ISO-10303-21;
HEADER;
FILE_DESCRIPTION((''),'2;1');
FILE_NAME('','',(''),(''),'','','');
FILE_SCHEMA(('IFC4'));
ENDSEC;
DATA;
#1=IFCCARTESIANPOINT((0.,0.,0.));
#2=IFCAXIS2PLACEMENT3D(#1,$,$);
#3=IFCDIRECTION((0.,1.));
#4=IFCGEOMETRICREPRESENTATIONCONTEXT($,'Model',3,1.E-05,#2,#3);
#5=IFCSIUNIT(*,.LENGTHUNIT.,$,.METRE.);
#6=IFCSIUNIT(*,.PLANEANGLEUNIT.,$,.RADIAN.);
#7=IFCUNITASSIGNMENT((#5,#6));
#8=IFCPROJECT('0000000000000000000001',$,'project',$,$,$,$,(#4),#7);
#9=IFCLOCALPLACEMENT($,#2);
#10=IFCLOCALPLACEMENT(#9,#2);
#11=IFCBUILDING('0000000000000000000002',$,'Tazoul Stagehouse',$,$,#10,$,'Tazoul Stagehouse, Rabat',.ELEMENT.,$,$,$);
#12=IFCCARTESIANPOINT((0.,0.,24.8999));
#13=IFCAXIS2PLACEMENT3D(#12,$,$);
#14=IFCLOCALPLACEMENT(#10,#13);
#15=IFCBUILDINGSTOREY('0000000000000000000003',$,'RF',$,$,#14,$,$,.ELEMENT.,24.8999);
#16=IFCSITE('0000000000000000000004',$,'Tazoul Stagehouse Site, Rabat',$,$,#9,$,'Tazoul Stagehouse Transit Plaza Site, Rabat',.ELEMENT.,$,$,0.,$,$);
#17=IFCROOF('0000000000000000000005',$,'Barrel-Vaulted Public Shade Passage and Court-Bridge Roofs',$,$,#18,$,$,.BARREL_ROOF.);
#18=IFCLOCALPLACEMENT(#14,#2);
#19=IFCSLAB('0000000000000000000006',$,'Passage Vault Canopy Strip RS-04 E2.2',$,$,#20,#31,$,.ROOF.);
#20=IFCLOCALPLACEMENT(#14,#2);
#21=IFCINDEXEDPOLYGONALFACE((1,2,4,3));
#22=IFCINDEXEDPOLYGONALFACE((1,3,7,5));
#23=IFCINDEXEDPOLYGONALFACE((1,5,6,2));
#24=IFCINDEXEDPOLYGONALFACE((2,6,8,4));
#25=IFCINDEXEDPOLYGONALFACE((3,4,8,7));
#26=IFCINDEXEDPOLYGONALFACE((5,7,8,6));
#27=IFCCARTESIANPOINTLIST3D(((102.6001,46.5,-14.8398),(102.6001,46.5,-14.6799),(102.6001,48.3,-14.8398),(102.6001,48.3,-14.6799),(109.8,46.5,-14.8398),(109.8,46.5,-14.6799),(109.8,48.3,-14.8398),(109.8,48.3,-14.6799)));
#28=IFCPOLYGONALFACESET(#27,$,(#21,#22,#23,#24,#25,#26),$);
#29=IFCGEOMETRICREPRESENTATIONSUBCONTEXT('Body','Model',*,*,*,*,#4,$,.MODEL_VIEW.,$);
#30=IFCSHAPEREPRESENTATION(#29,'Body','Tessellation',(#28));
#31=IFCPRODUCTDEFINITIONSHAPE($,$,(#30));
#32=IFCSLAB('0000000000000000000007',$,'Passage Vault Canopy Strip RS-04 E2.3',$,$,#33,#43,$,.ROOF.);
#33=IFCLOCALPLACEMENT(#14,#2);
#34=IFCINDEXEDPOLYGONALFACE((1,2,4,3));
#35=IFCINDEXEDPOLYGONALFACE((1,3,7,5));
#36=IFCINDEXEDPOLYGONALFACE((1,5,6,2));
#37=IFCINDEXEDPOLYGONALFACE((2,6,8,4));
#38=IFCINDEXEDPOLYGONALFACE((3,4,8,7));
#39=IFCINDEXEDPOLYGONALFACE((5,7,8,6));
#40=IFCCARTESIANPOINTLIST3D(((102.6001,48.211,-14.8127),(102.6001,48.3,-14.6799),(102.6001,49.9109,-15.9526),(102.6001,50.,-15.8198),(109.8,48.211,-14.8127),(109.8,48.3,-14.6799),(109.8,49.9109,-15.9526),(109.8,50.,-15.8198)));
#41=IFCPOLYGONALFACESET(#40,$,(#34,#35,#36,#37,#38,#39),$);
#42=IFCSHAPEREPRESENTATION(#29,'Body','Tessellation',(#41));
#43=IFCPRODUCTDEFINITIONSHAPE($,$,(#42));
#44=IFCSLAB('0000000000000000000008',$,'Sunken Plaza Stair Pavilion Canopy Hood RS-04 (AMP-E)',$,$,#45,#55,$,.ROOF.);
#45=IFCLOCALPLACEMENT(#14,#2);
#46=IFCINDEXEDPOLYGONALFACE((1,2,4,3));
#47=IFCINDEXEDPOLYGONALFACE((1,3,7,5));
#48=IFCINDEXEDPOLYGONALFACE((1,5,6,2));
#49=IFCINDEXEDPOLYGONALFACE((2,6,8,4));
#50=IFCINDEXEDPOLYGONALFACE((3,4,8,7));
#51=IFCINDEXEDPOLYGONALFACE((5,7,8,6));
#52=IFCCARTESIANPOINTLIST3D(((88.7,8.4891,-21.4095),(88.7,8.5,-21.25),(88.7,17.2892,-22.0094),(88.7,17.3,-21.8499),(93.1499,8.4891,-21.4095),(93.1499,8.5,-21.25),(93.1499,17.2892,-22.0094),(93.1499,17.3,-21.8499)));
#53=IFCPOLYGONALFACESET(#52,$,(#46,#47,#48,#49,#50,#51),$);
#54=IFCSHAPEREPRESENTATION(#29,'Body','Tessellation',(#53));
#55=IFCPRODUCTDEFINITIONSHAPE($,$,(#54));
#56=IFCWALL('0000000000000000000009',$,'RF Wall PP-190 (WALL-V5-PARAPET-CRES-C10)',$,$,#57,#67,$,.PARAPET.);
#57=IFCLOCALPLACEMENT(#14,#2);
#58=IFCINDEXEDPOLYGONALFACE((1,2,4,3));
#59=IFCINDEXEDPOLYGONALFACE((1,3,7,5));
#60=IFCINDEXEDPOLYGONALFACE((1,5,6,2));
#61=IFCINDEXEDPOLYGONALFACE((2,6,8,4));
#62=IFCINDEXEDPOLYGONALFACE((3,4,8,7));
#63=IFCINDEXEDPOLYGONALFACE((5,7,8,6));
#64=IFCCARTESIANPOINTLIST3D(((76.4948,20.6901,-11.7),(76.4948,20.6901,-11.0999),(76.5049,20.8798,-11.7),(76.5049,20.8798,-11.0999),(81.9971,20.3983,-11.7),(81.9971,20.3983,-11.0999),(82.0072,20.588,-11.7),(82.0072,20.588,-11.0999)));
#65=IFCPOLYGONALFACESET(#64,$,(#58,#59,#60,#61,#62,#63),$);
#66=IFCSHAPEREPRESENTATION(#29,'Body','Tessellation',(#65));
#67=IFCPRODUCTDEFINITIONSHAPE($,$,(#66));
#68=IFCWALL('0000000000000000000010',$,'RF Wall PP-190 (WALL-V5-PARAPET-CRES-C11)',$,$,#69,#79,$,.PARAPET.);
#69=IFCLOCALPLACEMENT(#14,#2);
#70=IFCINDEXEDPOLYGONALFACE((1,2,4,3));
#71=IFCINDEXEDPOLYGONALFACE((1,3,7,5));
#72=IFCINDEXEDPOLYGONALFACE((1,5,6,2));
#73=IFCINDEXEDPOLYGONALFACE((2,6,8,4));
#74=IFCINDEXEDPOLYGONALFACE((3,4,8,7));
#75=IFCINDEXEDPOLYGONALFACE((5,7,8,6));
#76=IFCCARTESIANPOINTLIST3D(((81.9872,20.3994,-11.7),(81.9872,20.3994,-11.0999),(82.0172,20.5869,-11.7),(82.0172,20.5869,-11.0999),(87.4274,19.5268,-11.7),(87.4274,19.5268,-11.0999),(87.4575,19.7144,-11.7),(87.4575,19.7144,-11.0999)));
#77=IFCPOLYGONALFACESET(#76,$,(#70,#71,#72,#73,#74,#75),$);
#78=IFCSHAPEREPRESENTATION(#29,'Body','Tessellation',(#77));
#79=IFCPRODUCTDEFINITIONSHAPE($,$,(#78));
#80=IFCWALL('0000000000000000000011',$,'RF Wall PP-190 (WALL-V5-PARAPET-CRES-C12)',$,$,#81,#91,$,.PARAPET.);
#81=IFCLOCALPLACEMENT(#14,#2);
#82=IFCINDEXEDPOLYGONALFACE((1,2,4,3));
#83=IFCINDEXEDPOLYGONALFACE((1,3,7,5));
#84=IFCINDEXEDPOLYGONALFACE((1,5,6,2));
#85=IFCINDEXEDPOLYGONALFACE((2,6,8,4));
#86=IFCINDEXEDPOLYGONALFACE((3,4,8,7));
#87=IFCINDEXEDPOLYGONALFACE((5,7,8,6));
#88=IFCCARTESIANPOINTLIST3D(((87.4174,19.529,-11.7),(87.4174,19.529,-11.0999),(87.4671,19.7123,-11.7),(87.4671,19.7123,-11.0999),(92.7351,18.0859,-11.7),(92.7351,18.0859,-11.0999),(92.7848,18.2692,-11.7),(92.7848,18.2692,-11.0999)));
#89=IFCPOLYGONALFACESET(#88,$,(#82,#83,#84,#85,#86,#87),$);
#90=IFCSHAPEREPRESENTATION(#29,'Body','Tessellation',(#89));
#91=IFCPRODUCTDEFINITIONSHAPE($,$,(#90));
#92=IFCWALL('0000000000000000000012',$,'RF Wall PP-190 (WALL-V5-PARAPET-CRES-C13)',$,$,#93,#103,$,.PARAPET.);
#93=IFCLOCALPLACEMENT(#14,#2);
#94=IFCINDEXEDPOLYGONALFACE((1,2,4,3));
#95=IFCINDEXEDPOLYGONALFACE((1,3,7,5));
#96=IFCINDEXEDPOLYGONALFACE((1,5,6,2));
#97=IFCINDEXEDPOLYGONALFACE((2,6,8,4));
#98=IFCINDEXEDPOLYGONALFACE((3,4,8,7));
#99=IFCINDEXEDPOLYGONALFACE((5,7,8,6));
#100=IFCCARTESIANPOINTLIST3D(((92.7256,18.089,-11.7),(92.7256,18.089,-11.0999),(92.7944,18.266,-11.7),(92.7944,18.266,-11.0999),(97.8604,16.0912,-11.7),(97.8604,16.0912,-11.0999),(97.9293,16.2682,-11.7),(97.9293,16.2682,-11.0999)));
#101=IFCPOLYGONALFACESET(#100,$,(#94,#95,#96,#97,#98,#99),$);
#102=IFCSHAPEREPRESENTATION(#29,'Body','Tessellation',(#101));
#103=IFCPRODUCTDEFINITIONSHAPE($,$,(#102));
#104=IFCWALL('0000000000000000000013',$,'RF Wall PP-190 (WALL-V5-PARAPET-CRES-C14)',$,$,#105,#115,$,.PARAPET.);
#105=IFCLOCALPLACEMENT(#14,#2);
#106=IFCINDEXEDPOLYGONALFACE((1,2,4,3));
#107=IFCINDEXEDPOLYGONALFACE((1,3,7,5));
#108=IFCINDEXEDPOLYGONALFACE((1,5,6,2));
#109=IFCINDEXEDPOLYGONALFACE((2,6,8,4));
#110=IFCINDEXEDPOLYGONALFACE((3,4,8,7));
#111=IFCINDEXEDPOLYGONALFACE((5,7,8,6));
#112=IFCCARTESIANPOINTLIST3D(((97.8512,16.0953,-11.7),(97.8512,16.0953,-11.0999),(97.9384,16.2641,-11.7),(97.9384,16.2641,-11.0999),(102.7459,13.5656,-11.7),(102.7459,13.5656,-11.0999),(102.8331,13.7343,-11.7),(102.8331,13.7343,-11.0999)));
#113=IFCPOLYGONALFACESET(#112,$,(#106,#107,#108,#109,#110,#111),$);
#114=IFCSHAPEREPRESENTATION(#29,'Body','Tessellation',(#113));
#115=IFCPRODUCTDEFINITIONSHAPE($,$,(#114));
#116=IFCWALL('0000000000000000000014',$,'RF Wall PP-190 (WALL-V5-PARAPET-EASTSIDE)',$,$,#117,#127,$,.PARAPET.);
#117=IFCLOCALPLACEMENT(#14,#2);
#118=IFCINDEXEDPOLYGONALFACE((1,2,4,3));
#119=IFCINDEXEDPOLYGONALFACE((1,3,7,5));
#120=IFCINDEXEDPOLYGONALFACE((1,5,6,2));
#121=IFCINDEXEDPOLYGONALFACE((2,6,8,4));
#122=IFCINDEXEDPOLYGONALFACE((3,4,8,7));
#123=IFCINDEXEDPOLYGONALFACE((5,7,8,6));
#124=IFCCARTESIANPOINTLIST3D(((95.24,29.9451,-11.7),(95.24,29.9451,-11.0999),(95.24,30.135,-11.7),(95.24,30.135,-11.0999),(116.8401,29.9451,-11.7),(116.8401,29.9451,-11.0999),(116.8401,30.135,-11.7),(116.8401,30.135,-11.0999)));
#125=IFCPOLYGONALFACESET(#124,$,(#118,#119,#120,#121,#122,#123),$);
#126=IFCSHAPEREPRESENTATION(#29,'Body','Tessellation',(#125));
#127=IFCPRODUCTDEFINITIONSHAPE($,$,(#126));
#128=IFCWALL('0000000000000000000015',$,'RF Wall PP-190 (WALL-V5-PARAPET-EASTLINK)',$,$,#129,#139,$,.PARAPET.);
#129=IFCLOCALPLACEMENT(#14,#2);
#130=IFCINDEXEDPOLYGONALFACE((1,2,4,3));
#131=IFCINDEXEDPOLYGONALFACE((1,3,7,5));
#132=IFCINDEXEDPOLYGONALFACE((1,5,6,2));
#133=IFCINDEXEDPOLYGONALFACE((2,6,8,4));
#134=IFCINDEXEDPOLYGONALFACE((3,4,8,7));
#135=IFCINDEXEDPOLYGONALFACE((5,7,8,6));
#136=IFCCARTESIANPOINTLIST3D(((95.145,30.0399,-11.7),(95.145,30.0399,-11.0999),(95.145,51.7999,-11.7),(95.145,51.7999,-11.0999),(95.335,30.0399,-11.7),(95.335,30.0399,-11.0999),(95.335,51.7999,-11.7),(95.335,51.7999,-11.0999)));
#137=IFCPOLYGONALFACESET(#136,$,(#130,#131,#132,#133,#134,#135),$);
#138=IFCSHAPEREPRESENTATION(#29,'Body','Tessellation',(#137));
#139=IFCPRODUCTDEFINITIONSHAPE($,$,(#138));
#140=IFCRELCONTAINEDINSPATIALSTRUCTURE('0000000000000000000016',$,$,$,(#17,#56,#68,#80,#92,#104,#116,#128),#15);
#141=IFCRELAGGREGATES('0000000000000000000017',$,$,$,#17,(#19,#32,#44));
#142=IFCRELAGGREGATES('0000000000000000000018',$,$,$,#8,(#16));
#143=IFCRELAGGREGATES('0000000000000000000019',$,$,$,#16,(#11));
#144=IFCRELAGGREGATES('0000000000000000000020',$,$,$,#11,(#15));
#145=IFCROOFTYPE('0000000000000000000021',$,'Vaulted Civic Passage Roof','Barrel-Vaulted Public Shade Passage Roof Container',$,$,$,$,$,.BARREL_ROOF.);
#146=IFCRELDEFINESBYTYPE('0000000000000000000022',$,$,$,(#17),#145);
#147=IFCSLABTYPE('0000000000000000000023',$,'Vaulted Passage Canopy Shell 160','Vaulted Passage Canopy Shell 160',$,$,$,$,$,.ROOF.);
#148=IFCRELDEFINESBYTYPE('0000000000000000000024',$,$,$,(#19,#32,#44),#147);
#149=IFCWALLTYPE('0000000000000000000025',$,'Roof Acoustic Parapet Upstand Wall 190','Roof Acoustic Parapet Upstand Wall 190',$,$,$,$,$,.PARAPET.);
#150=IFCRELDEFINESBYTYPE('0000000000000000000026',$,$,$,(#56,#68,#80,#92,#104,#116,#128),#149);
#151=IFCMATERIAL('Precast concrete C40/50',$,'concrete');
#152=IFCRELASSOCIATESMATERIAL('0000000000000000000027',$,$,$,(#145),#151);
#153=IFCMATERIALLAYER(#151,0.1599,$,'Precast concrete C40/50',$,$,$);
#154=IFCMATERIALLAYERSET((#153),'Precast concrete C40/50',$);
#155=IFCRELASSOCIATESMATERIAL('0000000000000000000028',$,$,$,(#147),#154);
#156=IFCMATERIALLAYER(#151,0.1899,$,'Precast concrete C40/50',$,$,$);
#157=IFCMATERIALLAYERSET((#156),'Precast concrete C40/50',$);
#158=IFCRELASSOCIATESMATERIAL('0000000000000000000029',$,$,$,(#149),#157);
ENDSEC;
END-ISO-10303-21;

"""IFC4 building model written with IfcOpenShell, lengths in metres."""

from ifc_helpers import new_model, si_unit, direction, frame, frame_2d, origin, place, context, subcontext, project, spatial, polyline, rectangle, outline, extrude, material, layer, layer_set, type_object, element, aggregate, save


model = new_model("IFC4")

# Units and contexts
model_context = context("Model", 3, precision=1e-05, world=origin(), true_north=direction((0.0, 1.0)))
body_context = subcontext(model_context, "Body", "Model", "MODEL_VIEW")
ifc_project = project(units=[si_unit("LENGTHUNIT", "METRE"), si_unit("PLANEANGLEUNIT", "RADIAN")], contexts=[model_context])

# Site, building, storey
site_placement = place(None, origin())
site = spatial("IfcSite", under=ifc_project, at=site_placement, Name="Tazoul Stagehouse Site, Rabat", LongName="Tazoul Stagehouse Transit Plaza Site, Rabat", CompositionType="ELEMENT", RefElevation=0.0)
building_placement = place(site_placement, origin())
building = spatial("IfcBuilding", under=site, at=building_placement, Name="Tazoul Stagehouse", LongName="Tazoul Stagehouse, Rabat", CompositionType="ELEMENT")
storey_placement = place(building_placement, frame((0.0, 0.0, 24.8999)))
storey = spatial("IfcBuildingStorey", under=building, at=storey_placement, Name="RF", CompositionType="ELEMENT", Elevation=24.8999)

# Roof, slabs
ifc_material_1 = material(Name="Precast concrete C40/50", Category="concrete")
roof_type = type_object("IfcRoofType", Name="Vaulted Civic Passage Roof", Description="Barrel-Vaulted Public Shade Passage Roof Container", PredefinedType="BARREL_ROOF", material=ifc_material_1)
roof_placement = place(storey_placement, origin())
roof = element("IfcRoof", 1, at=roof_placement, inside=storey, type_object=roof_type, Name="Barrel-Vaulted Public Shade Passage and Court-Bridge Roofs", PredefinedType="BARREL_ROOF")
ifc_layer_1 = layer(ifc_material_1, 0.1599, Name="Precast concrete C40/50")
ifc_layer_set_1 = layer_set([ifc_layer_1], Name="Precast concrete C40/50")
slab_type = type_object("IfcSlabType", Name="Vaulted Passage Canopy Shell 160", Description="Vaulted Passage Canopy Shell 160", PredefinedType="ROOF", material=ifc_layer_set_1)
slab_1_placement = place(storey_placement, frame((102.6001, 46.5, -14.6799), z_axis=(0.0, 0.0, 1.0), x_axis=(1.0, 0.0, 0.0)))
slab_1 = element("IfcSlab", 2, at=slab_1_placement, type_object=slab_type, Name="Passage Vault Canopy Strip RS-04 E2.2", PredefinedType="ROOF", context=body_context, shape_type="SweptSolid", body=[
    extrude(outline(polyline([(0.0, 0.0), (7.2, 0.0), (7.2, 1.8), (0.0, 1.8), (0.0, 0.0)])), origin(), (0.0, 0.0, -1.0), 0.1599),
])
slab_2_placement = place(storey_placement, frame((102.6001, 48.3, -14.6799), z_axis=(0.0, 0.556928, 0.830561), x_axis=(1.0, 0.0, 0.0)))
slab_2 = element("IfcSlab", 3, at=slab_2_placement, type_object=slab_type, Name="Passage Vault Canopy Strip RS-04 E2.3", PredefinedType="ROOF", context=body_context, shape_type="SweptSolid", body=[
    extrude(outline(polyline([(0.0, 0.0), (7.2, 0.0), (7.2, 2.0468), (0.0, 2.0468), (0.0, 0.0)])), origin(), (0.0, 0.0, -1.0), 0.1599),
])
slab_3_placement = place(storey_placement, frame((88.7, 8.5, -21.25), z_axis=(0.0, 0.068007, 0.997685), x_axis=(1.0, 0.0, 0.0)))
slab_3 = element("IfcSlab", 4, at=slab_3_placement, type_object=slab_type, Name="Sunken Plaza Stair Pavilion Canopy Hood RS-04 (AMP-E)", PredefinedType="ROOF", context=body_context, shape_type="SweptSolid", body=[
    extrude(outline(polyline([(0.0, 0.0), (4.45, 0.0), (4.45, 8.8205), (0.0, 8.8205), (0.0, 0.0)])), origin(), (0.0, 0.0, -1.0), 0.1599),
])
aggregate(roof, [slab_1, slab_2, slab_3])

# Walls
ifc_layer_2 = layer(ifc_material_1, 0.1899, Name="Precast concrete C40/50")
ifc_layer_set_2 = layer_set([ifc_layer_2], Name="Precast concrete C40/50")
wall_type = type_object("IfcWallType", Name="Roof Acoustic Parapet Upstand Wall 190", Description="Roof Acoustic Parapet Upstand Wall 190", PredefinedType="PARAPET", material=ifc_layer_set_2)
wall_1_placement = place(storey_placement, frame((76.5, 20.7849, -11.7), z_axis=(0.0, 0.0, 1.0), x_axis=(0.998597, -0.05295, 0.0)))
element("IfcWall", 5, at=wall_1_placement, inside=storey, type_object=wall_type, Name="RF Wall PP-190 (WALL-V5-PARAPET-CRES-C10)", PredefinedType="PARAPET", context=body_context, shape_type="SweptSolid", body=[
    extrude(rectangle(XDim=5.51, YDim=0.1899, at=frame_2d((2.7549, 0.0))), origin(), (0.0, 0.0, 1.0), 0.6001),
])
wall_2_placement = place(storey_placement, frame((82.0022, 20.4932, -11.7), z_axis=(0.0, 0.0, 1.0), x_axis=(0.98738, -0.158367, 0.0)))
element("IfcWall", 6, at=wall_2_placement, inside=storey, type_object=wall_type, Name="RF Wall PP-190 (WALL-V5-PARAPET-CRES-C11)", PredefinedType="PARAPET", context=body_context, shape_type="SweptSolid", body=[
    extrude(rectangle(XDim=5.5098, YDim=0.1899, at=frame_2d((2.7549, 0.0))), origin(), (0.0, 0.0, 1.0), 0.6001),
])
wall_3_placement = place(storey_placement, frame((87.4424, 19.6206, -11.7), z_axis=(0.0, 0.0, 1.0), x_axis=(0.965092, -0.26191, 0.0)))
element("IfcWall", 7, at=wall_3_placement, inside=storey, type_object=wall_type, Name="RF Wall PP-190 (WALL-V5-PARAPET-CRES-C12)", PredefinedType="PARAPET", context=body_context, shape_type="SweptSolid", body=[
    extrude(rectangle(XDim=5.51, YDim=0.1899, at=frame_2d((2.7549, 0.0))), origin(), (0.0, 0.0, 1.0), 0.6001),
])
for number, where, z_axis, x_axis, name in (
    (8, (92.76, 18.1775, -11.7), (0.0, 0.0, 1.0), (0.931946, -0.362596, 0.0), "RF Wall PP-190 (WALL-V5-PARAPET-CRES-C13)"),
    (9, (97.8948, 16.1797, -11.7), (0.0, 0.0, 1.0), (0.888365, -0.459137, 0.0), "RF Wall PP-190 (WALL-V5-PARAPET-CRES-C14)"),
):
    element("IfcWall", number, at=place(storey_placement, frame(where, z_axis=z_axis, x_axis=x_axis)), inside=storey, type_object=wall_type, Name=name, PredefinedType="PARAPET", context=body_context, shape_type="SweptSolid", body=[
        extrude(rectangle(XDim=5.5098, YDim=0.1899, at=frame_2d((2.7549, 0.0))), origin(), (0.0, 0.0, 1.0), 0.6001),
    ])
wall_4_placement = place(storey_placement, frame((95.24, 30.04, -11.7), z_axis=(0.0, 0.0, 1.0), x_axis=(1.0, 0.0, 0.0)))
element("IfcWall", 10, at=wall_4_placement, inside=storey, type_object=wall_type, Name="RF Wall PP-190 (WALL-V5-PARAPET-EASTSIDE)", PredefinedType="PARAPET", context=body_context, shape_type="SweptSolid", body=[
    extrude(rectangle(XDim=21.6001, YDim=0.1899, at=frame_2d((10.8, 0.0))), origin(), (0.0, 0.0, 1.0), 0.6001),
])
wall_5_placement = place(storey_placement, frame((95.24, 30.04, -11.7), z_axis=(0.0, 0.0, 1.0), x_axis=(0.0, 1.0, 0.0)))
element("IfcWall", 11, at=wall_5_placement, inside=storey, type_object=wall_type, Name="RF Wall PP-190 (WALL-V5-PARAPET-EASTLINK)", PredefinedType="PARAPET", context=body_context, shape_type="SweptSolid", body=[
    extrude(rectangle(XDim=21.76, YDim=0.1899, at=frame_2d((10.8799, 0.0))), origin(), (0.0, 0.0, 1.0), 0.6001),
])

save(model, "model.ifc")
